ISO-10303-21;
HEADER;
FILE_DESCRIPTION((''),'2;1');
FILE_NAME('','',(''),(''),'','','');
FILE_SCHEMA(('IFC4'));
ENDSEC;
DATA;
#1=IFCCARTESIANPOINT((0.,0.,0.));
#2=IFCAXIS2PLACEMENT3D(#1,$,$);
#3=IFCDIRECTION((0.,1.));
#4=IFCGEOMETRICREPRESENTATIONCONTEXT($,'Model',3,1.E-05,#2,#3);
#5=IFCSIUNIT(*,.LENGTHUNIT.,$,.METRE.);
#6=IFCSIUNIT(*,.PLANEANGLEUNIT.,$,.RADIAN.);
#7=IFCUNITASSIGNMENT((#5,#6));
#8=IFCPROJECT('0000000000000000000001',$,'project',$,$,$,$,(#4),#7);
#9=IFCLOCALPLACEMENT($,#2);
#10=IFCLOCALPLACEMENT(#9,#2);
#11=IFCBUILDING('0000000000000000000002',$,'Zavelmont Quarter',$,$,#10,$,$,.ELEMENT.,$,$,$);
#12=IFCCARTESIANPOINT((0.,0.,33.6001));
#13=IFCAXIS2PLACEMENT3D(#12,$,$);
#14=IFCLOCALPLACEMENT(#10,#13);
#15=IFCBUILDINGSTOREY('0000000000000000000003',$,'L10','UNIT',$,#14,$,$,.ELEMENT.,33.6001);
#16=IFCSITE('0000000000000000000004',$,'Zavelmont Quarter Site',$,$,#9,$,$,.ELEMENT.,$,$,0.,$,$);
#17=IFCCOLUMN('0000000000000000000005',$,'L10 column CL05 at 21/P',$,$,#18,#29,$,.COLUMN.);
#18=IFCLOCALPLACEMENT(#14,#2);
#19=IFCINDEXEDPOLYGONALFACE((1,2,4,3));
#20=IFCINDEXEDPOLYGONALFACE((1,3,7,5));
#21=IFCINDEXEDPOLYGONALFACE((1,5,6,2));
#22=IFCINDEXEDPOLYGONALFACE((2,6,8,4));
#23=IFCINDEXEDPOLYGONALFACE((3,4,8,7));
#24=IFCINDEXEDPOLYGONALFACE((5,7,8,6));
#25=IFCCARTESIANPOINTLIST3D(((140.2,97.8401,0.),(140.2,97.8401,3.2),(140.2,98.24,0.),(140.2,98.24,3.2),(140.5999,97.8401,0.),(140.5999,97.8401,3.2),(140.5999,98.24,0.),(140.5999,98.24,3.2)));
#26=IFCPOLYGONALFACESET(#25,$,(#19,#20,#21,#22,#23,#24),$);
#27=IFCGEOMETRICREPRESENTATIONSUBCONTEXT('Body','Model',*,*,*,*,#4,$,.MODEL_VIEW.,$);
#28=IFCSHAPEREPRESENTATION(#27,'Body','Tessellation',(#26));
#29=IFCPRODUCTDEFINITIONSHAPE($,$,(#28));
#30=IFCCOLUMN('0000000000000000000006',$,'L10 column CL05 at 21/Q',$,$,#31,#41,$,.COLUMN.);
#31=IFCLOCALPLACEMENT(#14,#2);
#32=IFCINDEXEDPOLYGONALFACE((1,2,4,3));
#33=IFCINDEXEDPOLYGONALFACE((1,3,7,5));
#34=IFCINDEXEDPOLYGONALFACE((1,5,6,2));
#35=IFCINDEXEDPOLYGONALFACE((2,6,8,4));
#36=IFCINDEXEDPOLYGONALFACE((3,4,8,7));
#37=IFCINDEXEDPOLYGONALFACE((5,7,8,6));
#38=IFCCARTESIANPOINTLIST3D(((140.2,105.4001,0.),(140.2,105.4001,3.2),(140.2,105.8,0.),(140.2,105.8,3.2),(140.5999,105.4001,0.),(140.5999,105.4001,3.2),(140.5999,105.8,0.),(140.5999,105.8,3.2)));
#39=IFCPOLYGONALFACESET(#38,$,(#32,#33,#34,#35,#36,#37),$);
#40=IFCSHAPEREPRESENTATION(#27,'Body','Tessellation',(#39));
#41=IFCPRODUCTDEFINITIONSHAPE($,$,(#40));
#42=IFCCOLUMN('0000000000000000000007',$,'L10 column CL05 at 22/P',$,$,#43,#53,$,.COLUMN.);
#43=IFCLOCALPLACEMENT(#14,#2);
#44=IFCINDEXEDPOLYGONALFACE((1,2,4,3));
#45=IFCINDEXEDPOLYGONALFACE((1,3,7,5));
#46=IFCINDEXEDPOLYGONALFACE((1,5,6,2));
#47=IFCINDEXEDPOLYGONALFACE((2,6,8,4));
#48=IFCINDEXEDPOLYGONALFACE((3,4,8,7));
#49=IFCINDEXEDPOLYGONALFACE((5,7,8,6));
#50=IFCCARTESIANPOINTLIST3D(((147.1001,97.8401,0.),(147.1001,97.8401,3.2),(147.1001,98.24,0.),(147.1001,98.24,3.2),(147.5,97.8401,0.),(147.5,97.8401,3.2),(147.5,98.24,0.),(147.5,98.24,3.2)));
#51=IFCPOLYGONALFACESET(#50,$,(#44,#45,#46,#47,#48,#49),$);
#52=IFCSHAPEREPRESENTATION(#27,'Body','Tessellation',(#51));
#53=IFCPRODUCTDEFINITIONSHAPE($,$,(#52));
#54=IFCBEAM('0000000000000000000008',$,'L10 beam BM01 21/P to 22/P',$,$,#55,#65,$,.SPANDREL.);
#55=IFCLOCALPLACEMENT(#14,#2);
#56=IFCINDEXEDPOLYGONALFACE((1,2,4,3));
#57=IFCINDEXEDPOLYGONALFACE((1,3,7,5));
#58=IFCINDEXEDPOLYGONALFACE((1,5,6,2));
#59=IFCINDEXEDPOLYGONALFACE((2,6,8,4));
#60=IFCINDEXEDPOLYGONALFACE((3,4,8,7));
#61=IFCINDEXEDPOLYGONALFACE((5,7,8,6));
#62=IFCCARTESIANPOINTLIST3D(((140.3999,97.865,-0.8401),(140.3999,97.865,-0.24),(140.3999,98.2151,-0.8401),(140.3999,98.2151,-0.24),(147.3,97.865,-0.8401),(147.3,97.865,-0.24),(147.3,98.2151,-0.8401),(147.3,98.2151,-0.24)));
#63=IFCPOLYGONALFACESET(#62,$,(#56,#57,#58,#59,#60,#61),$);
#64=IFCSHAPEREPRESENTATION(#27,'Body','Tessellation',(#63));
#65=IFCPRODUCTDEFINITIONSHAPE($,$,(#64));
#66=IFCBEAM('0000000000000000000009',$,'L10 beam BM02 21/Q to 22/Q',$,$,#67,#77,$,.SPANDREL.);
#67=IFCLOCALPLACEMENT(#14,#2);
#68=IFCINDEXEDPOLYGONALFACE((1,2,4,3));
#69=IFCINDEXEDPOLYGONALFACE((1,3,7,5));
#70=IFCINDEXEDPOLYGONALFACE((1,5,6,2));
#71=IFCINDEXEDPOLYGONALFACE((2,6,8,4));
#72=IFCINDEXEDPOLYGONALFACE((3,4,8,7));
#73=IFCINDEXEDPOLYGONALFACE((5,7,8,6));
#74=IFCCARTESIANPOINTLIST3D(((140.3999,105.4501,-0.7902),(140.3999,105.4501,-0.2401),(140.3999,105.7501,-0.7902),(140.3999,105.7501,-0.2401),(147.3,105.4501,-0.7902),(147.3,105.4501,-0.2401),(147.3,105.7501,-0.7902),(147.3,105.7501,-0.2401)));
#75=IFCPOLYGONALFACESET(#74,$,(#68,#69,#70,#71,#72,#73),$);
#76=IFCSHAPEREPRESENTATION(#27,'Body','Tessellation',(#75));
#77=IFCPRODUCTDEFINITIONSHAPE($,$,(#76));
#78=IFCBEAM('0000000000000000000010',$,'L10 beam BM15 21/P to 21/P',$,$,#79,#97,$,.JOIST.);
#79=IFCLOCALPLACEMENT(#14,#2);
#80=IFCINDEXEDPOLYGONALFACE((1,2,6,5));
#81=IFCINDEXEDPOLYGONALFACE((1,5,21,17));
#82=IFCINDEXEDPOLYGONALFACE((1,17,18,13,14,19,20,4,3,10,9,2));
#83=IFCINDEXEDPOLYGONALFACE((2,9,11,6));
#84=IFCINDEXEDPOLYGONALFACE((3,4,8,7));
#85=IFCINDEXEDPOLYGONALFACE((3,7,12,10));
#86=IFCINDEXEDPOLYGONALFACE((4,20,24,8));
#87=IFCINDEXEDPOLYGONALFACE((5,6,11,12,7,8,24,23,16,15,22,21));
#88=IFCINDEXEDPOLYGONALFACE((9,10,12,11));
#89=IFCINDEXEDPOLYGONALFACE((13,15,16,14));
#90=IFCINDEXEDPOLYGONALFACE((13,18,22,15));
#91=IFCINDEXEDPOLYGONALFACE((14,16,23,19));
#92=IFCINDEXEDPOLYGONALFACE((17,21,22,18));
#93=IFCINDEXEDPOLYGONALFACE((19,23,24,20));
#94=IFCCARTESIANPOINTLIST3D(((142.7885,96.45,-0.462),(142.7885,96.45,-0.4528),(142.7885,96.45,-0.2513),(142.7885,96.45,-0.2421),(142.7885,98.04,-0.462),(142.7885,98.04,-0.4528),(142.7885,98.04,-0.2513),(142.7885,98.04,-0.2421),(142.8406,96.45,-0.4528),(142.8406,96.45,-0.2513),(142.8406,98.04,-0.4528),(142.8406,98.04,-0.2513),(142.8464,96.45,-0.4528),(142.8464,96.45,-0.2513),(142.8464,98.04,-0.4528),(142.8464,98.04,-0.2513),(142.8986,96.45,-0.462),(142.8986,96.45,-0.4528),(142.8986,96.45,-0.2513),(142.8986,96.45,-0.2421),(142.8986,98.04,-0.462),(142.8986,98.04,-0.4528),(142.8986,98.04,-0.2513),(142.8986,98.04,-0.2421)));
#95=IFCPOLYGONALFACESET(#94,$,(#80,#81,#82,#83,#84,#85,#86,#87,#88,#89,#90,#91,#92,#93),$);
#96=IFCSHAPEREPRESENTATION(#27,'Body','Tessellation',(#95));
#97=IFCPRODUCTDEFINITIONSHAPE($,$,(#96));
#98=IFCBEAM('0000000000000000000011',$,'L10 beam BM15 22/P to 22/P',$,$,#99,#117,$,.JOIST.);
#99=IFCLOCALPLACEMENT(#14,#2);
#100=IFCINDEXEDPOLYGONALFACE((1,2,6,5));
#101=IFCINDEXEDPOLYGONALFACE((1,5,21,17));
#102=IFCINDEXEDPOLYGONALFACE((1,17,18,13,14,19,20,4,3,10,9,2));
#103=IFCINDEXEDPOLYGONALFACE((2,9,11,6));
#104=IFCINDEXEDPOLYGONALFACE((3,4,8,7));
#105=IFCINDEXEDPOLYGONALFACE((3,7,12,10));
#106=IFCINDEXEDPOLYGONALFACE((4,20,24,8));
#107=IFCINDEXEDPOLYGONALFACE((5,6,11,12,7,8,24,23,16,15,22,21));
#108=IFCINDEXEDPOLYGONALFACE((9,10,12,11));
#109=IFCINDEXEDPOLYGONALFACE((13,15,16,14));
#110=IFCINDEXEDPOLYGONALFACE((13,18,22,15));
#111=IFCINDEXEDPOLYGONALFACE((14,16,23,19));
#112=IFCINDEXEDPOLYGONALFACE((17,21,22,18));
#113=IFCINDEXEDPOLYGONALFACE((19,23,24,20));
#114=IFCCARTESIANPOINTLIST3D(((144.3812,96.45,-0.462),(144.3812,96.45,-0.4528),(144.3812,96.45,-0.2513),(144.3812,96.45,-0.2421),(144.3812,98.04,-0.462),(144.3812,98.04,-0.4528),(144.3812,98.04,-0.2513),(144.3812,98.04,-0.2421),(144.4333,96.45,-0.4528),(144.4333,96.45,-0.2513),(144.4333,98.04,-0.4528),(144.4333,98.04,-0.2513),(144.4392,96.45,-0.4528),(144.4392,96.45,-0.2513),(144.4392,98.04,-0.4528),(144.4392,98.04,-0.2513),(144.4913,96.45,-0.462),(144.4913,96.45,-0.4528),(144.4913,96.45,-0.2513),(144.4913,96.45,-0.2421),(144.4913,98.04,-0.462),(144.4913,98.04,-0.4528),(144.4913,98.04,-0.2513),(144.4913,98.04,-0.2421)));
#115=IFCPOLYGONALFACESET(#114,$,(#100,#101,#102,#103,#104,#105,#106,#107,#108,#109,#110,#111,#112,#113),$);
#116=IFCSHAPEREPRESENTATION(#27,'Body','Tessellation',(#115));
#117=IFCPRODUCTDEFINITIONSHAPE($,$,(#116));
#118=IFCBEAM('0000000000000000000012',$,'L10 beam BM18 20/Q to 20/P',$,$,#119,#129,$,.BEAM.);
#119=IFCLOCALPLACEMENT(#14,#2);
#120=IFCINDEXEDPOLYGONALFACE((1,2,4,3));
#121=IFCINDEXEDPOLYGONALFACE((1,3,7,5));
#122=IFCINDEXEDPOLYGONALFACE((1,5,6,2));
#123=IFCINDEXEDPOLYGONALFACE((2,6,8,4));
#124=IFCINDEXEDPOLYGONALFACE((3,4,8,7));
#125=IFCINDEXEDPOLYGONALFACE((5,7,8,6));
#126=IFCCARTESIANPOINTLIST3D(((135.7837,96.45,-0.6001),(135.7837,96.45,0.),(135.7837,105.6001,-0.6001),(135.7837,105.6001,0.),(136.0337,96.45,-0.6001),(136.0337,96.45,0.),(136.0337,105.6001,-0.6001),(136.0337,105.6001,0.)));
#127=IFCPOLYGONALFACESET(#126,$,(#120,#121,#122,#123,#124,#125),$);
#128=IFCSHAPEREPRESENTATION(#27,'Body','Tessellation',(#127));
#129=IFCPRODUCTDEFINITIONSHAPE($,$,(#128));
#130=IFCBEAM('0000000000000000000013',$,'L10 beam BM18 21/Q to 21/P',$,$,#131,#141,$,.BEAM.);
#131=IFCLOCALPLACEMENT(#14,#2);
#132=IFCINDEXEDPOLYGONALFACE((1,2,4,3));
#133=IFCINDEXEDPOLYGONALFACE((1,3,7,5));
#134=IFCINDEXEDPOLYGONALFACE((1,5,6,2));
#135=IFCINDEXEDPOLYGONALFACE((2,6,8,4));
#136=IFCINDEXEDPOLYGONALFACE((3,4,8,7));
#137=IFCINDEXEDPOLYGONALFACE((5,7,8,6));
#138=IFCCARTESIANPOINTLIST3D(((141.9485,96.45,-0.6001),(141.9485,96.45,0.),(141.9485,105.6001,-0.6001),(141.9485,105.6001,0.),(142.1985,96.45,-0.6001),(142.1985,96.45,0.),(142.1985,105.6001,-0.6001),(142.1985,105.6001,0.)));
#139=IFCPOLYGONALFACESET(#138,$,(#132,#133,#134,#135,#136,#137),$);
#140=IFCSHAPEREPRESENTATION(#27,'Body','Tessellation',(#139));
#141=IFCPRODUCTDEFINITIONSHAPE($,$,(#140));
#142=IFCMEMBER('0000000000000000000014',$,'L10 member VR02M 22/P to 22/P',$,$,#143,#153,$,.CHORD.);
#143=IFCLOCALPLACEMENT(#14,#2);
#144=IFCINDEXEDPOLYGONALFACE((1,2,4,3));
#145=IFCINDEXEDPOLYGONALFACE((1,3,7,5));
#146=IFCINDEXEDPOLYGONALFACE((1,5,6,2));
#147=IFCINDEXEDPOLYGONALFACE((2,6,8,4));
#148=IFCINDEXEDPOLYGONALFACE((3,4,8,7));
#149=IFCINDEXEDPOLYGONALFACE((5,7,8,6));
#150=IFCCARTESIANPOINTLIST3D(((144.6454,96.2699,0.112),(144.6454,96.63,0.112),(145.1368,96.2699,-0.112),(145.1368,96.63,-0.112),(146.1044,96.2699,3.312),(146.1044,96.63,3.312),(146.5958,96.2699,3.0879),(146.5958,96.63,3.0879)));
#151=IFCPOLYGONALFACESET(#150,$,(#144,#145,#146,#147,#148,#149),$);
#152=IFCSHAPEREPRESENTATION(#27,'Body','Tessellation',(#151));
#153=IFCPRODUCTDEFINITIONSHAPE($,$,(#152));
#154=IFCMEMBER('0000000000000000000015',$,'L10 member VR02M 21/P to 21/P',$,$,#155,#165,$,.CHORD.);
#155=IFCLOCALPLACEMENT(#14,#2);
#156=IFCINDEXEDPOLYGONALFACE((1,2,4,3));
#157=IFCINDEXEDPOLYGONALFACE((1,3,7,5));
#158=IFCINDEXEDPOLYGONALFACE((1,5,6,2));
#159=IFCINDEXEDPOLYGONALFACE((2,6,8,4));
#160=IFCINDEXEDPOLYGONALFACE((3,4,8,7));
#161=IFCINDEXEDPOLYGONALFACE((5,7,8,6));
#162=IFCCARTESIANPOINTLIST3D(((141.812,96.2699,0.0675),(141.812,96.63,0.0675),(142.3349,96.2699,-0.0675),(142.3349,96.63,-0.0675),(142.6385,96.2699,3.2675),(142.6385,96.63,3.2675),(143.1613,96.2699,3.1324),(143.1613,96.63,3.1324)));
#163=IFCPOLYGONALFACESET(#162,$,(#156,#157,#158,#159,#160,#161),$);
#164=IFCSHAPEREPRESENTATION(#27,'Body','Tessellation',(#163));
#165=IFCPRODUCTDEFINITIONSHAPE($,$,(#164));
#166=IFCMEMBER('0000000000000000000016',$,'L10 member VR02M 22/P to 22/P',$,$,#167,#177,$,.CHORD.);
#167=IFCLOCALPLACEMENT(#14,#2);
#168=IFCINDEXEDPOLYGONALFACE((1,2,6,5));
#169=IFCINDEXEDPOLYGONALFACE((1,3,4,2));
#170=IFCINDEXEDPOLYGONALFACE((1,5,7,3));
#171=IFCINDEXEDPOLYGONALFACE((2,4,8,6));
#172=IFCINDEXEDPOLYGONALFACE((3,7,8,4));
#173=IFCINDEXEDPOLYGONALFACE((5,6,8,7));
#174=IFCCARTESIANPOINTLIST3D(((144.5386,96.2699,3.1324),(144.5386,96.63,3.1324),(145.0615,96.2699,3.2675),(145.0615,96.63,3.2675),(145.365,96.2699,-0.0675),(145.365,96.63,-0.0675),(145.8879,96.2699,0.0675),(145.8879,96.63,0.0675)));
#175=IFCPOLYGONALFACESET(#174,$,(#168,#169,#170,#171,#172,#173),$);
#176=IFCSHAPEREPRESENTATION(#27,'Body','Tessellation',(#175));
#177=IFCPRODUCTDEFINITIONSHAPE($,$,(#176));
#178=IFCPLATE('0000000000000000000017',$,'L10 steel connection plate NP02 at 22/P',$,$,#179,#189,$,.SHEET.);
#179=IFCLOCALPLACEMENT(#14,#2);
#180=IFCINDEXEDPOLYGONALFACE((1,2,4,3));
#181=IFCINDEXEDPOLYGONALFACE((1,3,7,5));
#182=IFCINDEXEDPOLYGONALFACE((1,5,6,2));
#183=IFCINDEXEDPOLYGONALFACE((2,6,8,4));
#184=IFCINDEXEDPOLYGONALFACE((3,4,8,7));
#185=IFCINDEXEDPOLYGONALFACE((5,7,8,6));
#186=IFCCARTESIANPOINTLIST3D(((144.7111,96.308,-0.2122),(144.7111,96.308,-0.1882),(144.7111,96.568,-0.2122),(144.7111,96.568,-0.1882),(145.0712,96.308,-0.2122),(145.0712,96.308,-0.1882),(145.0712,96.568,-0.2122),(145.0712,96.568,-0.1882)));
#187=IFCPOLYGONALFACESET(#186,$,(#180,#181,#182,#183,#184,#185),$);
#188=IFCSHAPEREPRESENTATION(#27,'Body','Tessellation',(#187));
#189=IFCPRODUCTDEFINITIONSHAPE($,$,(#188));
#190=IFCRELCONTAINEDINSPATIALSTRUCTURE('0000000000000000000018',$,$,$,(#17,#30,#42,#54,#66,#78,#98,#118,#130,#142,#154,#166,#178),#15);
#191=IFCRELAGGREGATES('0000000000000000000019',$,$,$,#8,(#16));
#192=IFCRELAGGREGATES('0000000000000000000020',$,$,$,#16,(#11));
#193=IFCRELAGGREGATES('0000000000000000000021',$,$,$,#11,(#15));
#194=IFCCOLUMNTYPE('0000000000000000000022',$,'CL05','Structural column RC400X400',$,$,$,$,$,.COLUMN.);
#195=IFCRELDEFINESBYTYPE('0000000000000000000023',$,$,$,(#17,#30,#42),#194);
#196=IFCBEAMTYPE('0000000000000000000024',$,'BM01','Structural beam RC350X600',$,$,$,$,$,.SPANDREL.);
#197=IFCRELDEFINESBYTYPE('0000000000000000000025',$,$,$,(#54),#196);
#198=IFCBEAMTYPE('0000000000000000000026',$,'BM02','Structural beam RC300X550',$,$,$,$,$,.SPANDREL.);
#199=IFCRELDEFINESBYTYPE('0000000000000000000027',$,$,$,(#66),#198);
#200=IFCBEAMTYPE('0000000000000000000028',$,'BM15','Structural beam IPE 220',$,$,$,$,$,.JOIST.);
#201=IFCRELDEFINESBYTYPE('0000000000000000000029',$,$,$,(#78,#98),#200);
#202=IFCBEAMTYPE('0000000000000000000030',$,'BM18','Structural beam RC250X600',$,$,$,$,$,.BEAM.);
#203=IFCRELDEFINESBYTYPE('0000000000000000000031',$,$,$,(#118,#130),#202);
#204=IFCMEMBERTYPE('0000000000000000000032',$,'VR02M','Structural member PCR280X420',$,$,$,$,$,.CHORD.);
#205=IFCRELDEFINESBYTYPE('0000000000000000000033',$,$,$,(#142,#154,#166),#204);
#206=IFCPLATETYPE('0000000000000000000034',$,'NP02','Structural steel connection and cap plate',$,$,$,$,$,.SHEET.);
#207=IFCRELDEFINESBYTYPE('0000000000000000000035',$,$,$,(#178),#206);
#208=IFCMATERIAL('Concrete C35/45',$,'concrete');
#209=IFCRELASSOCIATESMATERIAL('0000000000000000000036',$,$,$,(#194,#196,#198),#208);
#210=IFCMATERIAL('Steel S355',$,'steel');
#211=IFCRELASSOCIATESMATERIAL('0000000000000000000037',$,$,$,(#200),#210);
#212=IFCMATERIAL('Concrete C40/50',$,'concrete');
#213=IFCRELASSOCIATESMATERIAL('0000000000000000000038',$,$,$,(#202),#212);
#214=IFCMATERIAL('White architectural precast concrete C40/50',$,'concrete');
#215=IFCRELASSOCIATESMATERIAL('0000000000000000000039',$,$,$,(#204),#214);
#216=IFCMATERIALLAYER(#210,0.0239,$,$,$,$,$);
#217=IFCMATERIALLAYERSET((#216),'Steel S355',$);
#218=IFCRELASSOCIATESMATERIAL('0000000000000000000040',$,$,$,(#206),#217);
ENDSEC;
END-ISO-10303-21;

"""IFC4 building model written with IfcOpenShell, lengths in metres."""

from ifc_helpers import new_model, si_unit, direction, frame, origin, origin_2d, place, context, subcontext, project, spatial, rectangle, i_section, extrude, material, layer, layer_set, material_profile, profile_set, type_object, element, save


model = new_model("IFC4")

# Units and contexts
model_context = context("Model", 3, precision=1e-05, world=origin(), true_north=direction((0.0, 1.0)))
body_context = subcontext(model_context, "Body", "Model", "MODEL_VIEW")
ifc_project = project(units=[si_unit("LENGTHUNIT", "METRE"), si_unit("PLANEANGLEUNIT", "RADIAN")], contexts=[model_context])

# Site, building, storey
site_placement = place(None, origin())
site = spatial("IfcSite", under=ifc_project, at=site_placement, Name="Zavelmont Quarter Site", CompositionType="ELEMENT", RefElevation=0.0)
building_placement = place(site_placement, origin())
building = spatial("IfcBuilding", under=site, at=building_placement, Name="Zavelmont Quarter", CompositionType="ELEMENT")
storey_placement = place(building_placement, frame((0.0, 0.0, 33.6001)))
storey = spatial("IfcBuildingStorey", under=building, at=storey_placement, Name="L10", Description="UNIT", CompositionType="ELEMENT", Elevation=33.6001)

# Columns
ifc_material_1 = material(Name="Concrete C35/45", Category="concrete")
ifc_material_profile_1 = material_profile(ifc_material_1, rectangle(XDim=0.3999, YDim=0.3999, at=origin_2d()), Name="RC400X400")
ifc_profile_set_1 = profile_set([ifc_material_profile_1], Name="Concrete C35/45")
column_type = type_object("IfcColumnType", Name="CL05", Description="Structural column RC400X400", PredefinedType="COLUMN", material=ifc_profile_set_1)
for number, where, z_axis, x_axis, name in (
    (1, (140.3999, 98.04, 0.0), (0.0, 0.0, 1.0), (1.0, 0.0, 0.0), "L10 column CL05 at 21/P"),
    (2, (140.3999, 105.6001, 0.0), (0.0, 0.0, 1.0), (1.0, 0.0, 0.0), "L10 column CL05 at 21/Q"),
    (3, (147.3, 98.04, 0.0), (0.0, 0.0, 1.0), (1.0, 0.0, 0.0), "L10 column CL05 at 22/P"),
):
    element("IfcColumn", number, at=place(storey_placement, frame(where, z_axis=z_axis, x_axis=x_axis)), inside=storey, type_object=column_type, Name=name, PredefinedType="COLUMN", context=body_context, shape_type="SweptSolid", body=[
        extrude(rectangle(XDim=0.3999, YDim=0.3999, at=origin_2d()), origin(), (0.0, 0.0, 1.0), 3.2),
    ])

# Beams
ifc_material_profile_2 = material_profile(ifc_material_1, rectangle(XDim=0.3501, YDim=0.6001, at=origin_2d()), Name="RC350X600")
ifc_profile_set_2 = profile_set([ifc_material_profile_2], Name="Concrete C35/45")
beam_type_1 = type_object("IfcBeamType", Name="BM01", Description="Structural beam RC350X600", PredefinedType="SPANDREL", material=ifc_profile_set_2)
beam_1_placement = place(storey_placement, frame((140.3999, 98.04, -0.54), z_axis=(1.0, 0.0, 0.0), x_axis=(0.0, 1.0, 0.0)))
element("IfcBeam", 4, at=beam_1_placement, inside=storey, type_object=beam_type_1, Name="L10 beam BM01 21/P to 22/P", PredefinedType="SPANDREL", context=body_context, shape_type="SweptSolid", body=[
    extrude(rectangle(XDim=0.3501, YDim=0.6001, at=origin_2d()), origin(), (0.0, 0.0, 1.0), 6.9001),
])
ifc_material_profile_3 = material_profile(ifc_material_1, rectangle(XDim=0.3, YDim=0.55, at=origin_2d()), Name="RC300X550")
ifc_profile_set_3 = profile_set([ifc_material_profile_3], Name="Concrete C35/45")
beam_type_2 = type_object("IfcBeamType", Name="BM02", Description="Structural beam RC300X550", PredefinedType="SPANDREL", material=ifc_profile_set_3)
beam_2_placement = place(storey_placement, frame((140.3999, 105.6001, -0.5151), z_axis=(1.0, 0.0, 0.0), x_axis=(0.0, 1.0, 0.0)))
element("IfcBeam", 5, at=beam_2_placement, inside=storey, type_object=beam_type_2, Name="L10 beam BM02 21/Q to 22/Q", PredefinedType="SPANDREL", context=body_context, shape_type="SweptSolid", body=[
    extrude(rectangle(XDim=0.3, YDim=0.55, at=origin_2d()), origin(), (0.0, 0.0, 1.0), 6.9001),
])
ifc_material_2 = material(Name="Steel S355", Category="steel")
ifc_material_profile_4 = material_profile(ifc_material_2, i_section(OverallWidth=0.1101, OverallDepth=0.22, WebThickness=0.0059, FlangeThickness=0.0093, at=origin_2d()), Name="IPE 220")
ifc_profile_set_4 = profile_set([ifc_material_profile_4], Name="Steel S355")
beam_type_3 = type_object("IfcBeamType", Name="BM15", Description="Structural beam IPE 220", PredefinedType="JOIST", material=ifc_profile_set_4)
for number, where, z_axis, x_axis, name in (
    (6, (142.8435, 98.04, -0.3521), (0.0, -1.0, 0.0), (1.0, 0.0, 0.0), "L10 beam BM15 21/P to 21/P"),
    (7, (144.4363, 98.04, -0.3521), (0.0, -1.0, 0.0), (1.0, 0.0, 0.0), "L10 beam BM15 22/P to 22/P"),
):
    element("IfcBeam", number, at=place(storey_placement, frame(where, z_axis=z_axis, x_axis=x_axis)), inside=storey, type_object=beam_type_3, Name=name, PredefinedType="JOIST", context=body_context, shape_type="SweptSolid", body=[
        extrude(i_section(OverallWidth=0.1101, OverallDepth=0.22, WebThickness=0.0059, FlangeThickness=0.0093, at=origin_2d()), origin(), (0.0, 0.0, 1.0), 1.5901),
    ])
ifc_material_3 = material(Name="Concrete C40/50", Category="concrete")
ifc_material_profile_5 = material_profile(ifc_material_3, rectangle(XDim=0.25, YDim=0.6001, at=origin_2d()), Name="RC250X600")
ifc_profile_set_5 = profile_set([ifc_material_profile_5], Name="Concrete C40/50")
beam_type_4 = type_object("IfcBeamType", Name="BM18", Description="Structural beam RC250X600", PredefinedType="BEAM", material=ifc_profile_set_5)
for number, where, z_axis, x_axis, name in (
    (8, (135.9087, 105.6001, -0.3), (0.0, -1.0, 0.0), (1.0, 0.0, 0.0), "L10 beam BM18 20/Q to 20/P"),
    (9, (142.0735, 105.6001, -0.3), (0.0, -1.0, 0.0), (1.0, 0.0, 0.0), "L10 beam BM18 21/Q to 21/P"),
):
    element("IfcBeam", number, at=place(storey_placement, frame(where, z_axis=z_axis, x_axis=x_axis)), inside=storey, type_object=beam_type_4, Name=name, PredefinedType="BEAM", context=body_context, shape_type="SweptSolid", body=[
        extrude(rectangle(XDim=0.25, YDim=0.6001, at=origin_2d()), origin(), (0.0, 0.0, 1.0), 9.1501),
    ])

# Members
ifc_material_4 = material(Name="White architectural precast concrete C40/50", Category="concrete")
ifc_material_profile_6 = material_profile(ifc_material_4, rectangle(XDim=0.3601, YDim=0.54, at=origin_2d()), Name="PCR280X420")
ifc_profile_set_6 = profile_set([ifc_material_profile_6], Name="White architectural precast concrete C40/50")
member_type = type_object("IfcMemberType", Name="VR02M", Description="Structural member PCR280X420", PredefinedType="CHORD", material=ifc_profile_set_6)
member_placement = place(storey_placement, frame((144.8911, 96.45, 0.0), z_axis=(0.414854, 0.0, 0.909888), x_axis=(0.0, 1.0, 0.0)))
element("IfcMember", 10, at=member_placement, inside=storey, type_object=member_type, Name="L10 member VR02M 22/P to 22/P", PredefinedType="CHORD", context=body_context, shape_type="SweptSolid", body=[
    extrude(rectangle(XDim=0.3601, YDim=0.54, at=origin_2d()), origin(), (0.0, 0.0, 1.0), 3.5168),
])
for number, where, z_axis, x_axis, name in (
    (11, (142.0735, 96.45, 0.0), (0.250055, 0.0, 0.968232), (0.0, 1.0, 0.0), "L10 member VR02M 21/P to 21/P"),
    (12, (145.6265, 96.45, 0.0), (-0.250055, 0.0, 0.968232), (0.0, -1.0, 0.0), "L10 member VR02M 22/P to 22/P"),
):
    element("IfcMember", number, at=place(storey_placement, frame(where, z_axis=z_axis, x_axis=x_axis)), inside=storey, type_object=member_type, Name=name, PredefinedType="CHORD", context=body_context, shape_type="SweptSolid", body=[
        extrude(rectangle(XDim=0.3601, YDim=0.54, at=origin_2d()), origin(), (0.0, 0.0, 1.0), 3.3049),
    ])

# Plate
ifc_layer_1 = layer(ifc_material_2, 0.0239)
ifc_layer_set_1 = layer_set([ifc_layer_1], Name="Steel S355")
plate_type_1 = type_object("IfcPlateType", Name="NP02", Description="Structural steel connection and cap plate", PredefinedType="SHEET", material=ifc_layer_set_1)
plate_placement = place(storey_placement, frame((144.8911, 96.438, -0.2122), z_axis=(0.0, 0.0, 1.0), x_axis=(1.0, 0.0, 0.0)))
element("IfcPlate", 13, at=plate_placement, inside=storey, type_object=plate_type_1, Name="L10 steel connection plate NP02 at 22/P", PredefinedType="SHEET", context=body_context, shape_type="SweptSolid", body=[
    extrude(rectangle(XDim=0.3601, YDim=0.26, at=origin_2d()), origin(), (0.0, 0.0, 1.0), 0.0239),
])

save(model, "model.ifc")
